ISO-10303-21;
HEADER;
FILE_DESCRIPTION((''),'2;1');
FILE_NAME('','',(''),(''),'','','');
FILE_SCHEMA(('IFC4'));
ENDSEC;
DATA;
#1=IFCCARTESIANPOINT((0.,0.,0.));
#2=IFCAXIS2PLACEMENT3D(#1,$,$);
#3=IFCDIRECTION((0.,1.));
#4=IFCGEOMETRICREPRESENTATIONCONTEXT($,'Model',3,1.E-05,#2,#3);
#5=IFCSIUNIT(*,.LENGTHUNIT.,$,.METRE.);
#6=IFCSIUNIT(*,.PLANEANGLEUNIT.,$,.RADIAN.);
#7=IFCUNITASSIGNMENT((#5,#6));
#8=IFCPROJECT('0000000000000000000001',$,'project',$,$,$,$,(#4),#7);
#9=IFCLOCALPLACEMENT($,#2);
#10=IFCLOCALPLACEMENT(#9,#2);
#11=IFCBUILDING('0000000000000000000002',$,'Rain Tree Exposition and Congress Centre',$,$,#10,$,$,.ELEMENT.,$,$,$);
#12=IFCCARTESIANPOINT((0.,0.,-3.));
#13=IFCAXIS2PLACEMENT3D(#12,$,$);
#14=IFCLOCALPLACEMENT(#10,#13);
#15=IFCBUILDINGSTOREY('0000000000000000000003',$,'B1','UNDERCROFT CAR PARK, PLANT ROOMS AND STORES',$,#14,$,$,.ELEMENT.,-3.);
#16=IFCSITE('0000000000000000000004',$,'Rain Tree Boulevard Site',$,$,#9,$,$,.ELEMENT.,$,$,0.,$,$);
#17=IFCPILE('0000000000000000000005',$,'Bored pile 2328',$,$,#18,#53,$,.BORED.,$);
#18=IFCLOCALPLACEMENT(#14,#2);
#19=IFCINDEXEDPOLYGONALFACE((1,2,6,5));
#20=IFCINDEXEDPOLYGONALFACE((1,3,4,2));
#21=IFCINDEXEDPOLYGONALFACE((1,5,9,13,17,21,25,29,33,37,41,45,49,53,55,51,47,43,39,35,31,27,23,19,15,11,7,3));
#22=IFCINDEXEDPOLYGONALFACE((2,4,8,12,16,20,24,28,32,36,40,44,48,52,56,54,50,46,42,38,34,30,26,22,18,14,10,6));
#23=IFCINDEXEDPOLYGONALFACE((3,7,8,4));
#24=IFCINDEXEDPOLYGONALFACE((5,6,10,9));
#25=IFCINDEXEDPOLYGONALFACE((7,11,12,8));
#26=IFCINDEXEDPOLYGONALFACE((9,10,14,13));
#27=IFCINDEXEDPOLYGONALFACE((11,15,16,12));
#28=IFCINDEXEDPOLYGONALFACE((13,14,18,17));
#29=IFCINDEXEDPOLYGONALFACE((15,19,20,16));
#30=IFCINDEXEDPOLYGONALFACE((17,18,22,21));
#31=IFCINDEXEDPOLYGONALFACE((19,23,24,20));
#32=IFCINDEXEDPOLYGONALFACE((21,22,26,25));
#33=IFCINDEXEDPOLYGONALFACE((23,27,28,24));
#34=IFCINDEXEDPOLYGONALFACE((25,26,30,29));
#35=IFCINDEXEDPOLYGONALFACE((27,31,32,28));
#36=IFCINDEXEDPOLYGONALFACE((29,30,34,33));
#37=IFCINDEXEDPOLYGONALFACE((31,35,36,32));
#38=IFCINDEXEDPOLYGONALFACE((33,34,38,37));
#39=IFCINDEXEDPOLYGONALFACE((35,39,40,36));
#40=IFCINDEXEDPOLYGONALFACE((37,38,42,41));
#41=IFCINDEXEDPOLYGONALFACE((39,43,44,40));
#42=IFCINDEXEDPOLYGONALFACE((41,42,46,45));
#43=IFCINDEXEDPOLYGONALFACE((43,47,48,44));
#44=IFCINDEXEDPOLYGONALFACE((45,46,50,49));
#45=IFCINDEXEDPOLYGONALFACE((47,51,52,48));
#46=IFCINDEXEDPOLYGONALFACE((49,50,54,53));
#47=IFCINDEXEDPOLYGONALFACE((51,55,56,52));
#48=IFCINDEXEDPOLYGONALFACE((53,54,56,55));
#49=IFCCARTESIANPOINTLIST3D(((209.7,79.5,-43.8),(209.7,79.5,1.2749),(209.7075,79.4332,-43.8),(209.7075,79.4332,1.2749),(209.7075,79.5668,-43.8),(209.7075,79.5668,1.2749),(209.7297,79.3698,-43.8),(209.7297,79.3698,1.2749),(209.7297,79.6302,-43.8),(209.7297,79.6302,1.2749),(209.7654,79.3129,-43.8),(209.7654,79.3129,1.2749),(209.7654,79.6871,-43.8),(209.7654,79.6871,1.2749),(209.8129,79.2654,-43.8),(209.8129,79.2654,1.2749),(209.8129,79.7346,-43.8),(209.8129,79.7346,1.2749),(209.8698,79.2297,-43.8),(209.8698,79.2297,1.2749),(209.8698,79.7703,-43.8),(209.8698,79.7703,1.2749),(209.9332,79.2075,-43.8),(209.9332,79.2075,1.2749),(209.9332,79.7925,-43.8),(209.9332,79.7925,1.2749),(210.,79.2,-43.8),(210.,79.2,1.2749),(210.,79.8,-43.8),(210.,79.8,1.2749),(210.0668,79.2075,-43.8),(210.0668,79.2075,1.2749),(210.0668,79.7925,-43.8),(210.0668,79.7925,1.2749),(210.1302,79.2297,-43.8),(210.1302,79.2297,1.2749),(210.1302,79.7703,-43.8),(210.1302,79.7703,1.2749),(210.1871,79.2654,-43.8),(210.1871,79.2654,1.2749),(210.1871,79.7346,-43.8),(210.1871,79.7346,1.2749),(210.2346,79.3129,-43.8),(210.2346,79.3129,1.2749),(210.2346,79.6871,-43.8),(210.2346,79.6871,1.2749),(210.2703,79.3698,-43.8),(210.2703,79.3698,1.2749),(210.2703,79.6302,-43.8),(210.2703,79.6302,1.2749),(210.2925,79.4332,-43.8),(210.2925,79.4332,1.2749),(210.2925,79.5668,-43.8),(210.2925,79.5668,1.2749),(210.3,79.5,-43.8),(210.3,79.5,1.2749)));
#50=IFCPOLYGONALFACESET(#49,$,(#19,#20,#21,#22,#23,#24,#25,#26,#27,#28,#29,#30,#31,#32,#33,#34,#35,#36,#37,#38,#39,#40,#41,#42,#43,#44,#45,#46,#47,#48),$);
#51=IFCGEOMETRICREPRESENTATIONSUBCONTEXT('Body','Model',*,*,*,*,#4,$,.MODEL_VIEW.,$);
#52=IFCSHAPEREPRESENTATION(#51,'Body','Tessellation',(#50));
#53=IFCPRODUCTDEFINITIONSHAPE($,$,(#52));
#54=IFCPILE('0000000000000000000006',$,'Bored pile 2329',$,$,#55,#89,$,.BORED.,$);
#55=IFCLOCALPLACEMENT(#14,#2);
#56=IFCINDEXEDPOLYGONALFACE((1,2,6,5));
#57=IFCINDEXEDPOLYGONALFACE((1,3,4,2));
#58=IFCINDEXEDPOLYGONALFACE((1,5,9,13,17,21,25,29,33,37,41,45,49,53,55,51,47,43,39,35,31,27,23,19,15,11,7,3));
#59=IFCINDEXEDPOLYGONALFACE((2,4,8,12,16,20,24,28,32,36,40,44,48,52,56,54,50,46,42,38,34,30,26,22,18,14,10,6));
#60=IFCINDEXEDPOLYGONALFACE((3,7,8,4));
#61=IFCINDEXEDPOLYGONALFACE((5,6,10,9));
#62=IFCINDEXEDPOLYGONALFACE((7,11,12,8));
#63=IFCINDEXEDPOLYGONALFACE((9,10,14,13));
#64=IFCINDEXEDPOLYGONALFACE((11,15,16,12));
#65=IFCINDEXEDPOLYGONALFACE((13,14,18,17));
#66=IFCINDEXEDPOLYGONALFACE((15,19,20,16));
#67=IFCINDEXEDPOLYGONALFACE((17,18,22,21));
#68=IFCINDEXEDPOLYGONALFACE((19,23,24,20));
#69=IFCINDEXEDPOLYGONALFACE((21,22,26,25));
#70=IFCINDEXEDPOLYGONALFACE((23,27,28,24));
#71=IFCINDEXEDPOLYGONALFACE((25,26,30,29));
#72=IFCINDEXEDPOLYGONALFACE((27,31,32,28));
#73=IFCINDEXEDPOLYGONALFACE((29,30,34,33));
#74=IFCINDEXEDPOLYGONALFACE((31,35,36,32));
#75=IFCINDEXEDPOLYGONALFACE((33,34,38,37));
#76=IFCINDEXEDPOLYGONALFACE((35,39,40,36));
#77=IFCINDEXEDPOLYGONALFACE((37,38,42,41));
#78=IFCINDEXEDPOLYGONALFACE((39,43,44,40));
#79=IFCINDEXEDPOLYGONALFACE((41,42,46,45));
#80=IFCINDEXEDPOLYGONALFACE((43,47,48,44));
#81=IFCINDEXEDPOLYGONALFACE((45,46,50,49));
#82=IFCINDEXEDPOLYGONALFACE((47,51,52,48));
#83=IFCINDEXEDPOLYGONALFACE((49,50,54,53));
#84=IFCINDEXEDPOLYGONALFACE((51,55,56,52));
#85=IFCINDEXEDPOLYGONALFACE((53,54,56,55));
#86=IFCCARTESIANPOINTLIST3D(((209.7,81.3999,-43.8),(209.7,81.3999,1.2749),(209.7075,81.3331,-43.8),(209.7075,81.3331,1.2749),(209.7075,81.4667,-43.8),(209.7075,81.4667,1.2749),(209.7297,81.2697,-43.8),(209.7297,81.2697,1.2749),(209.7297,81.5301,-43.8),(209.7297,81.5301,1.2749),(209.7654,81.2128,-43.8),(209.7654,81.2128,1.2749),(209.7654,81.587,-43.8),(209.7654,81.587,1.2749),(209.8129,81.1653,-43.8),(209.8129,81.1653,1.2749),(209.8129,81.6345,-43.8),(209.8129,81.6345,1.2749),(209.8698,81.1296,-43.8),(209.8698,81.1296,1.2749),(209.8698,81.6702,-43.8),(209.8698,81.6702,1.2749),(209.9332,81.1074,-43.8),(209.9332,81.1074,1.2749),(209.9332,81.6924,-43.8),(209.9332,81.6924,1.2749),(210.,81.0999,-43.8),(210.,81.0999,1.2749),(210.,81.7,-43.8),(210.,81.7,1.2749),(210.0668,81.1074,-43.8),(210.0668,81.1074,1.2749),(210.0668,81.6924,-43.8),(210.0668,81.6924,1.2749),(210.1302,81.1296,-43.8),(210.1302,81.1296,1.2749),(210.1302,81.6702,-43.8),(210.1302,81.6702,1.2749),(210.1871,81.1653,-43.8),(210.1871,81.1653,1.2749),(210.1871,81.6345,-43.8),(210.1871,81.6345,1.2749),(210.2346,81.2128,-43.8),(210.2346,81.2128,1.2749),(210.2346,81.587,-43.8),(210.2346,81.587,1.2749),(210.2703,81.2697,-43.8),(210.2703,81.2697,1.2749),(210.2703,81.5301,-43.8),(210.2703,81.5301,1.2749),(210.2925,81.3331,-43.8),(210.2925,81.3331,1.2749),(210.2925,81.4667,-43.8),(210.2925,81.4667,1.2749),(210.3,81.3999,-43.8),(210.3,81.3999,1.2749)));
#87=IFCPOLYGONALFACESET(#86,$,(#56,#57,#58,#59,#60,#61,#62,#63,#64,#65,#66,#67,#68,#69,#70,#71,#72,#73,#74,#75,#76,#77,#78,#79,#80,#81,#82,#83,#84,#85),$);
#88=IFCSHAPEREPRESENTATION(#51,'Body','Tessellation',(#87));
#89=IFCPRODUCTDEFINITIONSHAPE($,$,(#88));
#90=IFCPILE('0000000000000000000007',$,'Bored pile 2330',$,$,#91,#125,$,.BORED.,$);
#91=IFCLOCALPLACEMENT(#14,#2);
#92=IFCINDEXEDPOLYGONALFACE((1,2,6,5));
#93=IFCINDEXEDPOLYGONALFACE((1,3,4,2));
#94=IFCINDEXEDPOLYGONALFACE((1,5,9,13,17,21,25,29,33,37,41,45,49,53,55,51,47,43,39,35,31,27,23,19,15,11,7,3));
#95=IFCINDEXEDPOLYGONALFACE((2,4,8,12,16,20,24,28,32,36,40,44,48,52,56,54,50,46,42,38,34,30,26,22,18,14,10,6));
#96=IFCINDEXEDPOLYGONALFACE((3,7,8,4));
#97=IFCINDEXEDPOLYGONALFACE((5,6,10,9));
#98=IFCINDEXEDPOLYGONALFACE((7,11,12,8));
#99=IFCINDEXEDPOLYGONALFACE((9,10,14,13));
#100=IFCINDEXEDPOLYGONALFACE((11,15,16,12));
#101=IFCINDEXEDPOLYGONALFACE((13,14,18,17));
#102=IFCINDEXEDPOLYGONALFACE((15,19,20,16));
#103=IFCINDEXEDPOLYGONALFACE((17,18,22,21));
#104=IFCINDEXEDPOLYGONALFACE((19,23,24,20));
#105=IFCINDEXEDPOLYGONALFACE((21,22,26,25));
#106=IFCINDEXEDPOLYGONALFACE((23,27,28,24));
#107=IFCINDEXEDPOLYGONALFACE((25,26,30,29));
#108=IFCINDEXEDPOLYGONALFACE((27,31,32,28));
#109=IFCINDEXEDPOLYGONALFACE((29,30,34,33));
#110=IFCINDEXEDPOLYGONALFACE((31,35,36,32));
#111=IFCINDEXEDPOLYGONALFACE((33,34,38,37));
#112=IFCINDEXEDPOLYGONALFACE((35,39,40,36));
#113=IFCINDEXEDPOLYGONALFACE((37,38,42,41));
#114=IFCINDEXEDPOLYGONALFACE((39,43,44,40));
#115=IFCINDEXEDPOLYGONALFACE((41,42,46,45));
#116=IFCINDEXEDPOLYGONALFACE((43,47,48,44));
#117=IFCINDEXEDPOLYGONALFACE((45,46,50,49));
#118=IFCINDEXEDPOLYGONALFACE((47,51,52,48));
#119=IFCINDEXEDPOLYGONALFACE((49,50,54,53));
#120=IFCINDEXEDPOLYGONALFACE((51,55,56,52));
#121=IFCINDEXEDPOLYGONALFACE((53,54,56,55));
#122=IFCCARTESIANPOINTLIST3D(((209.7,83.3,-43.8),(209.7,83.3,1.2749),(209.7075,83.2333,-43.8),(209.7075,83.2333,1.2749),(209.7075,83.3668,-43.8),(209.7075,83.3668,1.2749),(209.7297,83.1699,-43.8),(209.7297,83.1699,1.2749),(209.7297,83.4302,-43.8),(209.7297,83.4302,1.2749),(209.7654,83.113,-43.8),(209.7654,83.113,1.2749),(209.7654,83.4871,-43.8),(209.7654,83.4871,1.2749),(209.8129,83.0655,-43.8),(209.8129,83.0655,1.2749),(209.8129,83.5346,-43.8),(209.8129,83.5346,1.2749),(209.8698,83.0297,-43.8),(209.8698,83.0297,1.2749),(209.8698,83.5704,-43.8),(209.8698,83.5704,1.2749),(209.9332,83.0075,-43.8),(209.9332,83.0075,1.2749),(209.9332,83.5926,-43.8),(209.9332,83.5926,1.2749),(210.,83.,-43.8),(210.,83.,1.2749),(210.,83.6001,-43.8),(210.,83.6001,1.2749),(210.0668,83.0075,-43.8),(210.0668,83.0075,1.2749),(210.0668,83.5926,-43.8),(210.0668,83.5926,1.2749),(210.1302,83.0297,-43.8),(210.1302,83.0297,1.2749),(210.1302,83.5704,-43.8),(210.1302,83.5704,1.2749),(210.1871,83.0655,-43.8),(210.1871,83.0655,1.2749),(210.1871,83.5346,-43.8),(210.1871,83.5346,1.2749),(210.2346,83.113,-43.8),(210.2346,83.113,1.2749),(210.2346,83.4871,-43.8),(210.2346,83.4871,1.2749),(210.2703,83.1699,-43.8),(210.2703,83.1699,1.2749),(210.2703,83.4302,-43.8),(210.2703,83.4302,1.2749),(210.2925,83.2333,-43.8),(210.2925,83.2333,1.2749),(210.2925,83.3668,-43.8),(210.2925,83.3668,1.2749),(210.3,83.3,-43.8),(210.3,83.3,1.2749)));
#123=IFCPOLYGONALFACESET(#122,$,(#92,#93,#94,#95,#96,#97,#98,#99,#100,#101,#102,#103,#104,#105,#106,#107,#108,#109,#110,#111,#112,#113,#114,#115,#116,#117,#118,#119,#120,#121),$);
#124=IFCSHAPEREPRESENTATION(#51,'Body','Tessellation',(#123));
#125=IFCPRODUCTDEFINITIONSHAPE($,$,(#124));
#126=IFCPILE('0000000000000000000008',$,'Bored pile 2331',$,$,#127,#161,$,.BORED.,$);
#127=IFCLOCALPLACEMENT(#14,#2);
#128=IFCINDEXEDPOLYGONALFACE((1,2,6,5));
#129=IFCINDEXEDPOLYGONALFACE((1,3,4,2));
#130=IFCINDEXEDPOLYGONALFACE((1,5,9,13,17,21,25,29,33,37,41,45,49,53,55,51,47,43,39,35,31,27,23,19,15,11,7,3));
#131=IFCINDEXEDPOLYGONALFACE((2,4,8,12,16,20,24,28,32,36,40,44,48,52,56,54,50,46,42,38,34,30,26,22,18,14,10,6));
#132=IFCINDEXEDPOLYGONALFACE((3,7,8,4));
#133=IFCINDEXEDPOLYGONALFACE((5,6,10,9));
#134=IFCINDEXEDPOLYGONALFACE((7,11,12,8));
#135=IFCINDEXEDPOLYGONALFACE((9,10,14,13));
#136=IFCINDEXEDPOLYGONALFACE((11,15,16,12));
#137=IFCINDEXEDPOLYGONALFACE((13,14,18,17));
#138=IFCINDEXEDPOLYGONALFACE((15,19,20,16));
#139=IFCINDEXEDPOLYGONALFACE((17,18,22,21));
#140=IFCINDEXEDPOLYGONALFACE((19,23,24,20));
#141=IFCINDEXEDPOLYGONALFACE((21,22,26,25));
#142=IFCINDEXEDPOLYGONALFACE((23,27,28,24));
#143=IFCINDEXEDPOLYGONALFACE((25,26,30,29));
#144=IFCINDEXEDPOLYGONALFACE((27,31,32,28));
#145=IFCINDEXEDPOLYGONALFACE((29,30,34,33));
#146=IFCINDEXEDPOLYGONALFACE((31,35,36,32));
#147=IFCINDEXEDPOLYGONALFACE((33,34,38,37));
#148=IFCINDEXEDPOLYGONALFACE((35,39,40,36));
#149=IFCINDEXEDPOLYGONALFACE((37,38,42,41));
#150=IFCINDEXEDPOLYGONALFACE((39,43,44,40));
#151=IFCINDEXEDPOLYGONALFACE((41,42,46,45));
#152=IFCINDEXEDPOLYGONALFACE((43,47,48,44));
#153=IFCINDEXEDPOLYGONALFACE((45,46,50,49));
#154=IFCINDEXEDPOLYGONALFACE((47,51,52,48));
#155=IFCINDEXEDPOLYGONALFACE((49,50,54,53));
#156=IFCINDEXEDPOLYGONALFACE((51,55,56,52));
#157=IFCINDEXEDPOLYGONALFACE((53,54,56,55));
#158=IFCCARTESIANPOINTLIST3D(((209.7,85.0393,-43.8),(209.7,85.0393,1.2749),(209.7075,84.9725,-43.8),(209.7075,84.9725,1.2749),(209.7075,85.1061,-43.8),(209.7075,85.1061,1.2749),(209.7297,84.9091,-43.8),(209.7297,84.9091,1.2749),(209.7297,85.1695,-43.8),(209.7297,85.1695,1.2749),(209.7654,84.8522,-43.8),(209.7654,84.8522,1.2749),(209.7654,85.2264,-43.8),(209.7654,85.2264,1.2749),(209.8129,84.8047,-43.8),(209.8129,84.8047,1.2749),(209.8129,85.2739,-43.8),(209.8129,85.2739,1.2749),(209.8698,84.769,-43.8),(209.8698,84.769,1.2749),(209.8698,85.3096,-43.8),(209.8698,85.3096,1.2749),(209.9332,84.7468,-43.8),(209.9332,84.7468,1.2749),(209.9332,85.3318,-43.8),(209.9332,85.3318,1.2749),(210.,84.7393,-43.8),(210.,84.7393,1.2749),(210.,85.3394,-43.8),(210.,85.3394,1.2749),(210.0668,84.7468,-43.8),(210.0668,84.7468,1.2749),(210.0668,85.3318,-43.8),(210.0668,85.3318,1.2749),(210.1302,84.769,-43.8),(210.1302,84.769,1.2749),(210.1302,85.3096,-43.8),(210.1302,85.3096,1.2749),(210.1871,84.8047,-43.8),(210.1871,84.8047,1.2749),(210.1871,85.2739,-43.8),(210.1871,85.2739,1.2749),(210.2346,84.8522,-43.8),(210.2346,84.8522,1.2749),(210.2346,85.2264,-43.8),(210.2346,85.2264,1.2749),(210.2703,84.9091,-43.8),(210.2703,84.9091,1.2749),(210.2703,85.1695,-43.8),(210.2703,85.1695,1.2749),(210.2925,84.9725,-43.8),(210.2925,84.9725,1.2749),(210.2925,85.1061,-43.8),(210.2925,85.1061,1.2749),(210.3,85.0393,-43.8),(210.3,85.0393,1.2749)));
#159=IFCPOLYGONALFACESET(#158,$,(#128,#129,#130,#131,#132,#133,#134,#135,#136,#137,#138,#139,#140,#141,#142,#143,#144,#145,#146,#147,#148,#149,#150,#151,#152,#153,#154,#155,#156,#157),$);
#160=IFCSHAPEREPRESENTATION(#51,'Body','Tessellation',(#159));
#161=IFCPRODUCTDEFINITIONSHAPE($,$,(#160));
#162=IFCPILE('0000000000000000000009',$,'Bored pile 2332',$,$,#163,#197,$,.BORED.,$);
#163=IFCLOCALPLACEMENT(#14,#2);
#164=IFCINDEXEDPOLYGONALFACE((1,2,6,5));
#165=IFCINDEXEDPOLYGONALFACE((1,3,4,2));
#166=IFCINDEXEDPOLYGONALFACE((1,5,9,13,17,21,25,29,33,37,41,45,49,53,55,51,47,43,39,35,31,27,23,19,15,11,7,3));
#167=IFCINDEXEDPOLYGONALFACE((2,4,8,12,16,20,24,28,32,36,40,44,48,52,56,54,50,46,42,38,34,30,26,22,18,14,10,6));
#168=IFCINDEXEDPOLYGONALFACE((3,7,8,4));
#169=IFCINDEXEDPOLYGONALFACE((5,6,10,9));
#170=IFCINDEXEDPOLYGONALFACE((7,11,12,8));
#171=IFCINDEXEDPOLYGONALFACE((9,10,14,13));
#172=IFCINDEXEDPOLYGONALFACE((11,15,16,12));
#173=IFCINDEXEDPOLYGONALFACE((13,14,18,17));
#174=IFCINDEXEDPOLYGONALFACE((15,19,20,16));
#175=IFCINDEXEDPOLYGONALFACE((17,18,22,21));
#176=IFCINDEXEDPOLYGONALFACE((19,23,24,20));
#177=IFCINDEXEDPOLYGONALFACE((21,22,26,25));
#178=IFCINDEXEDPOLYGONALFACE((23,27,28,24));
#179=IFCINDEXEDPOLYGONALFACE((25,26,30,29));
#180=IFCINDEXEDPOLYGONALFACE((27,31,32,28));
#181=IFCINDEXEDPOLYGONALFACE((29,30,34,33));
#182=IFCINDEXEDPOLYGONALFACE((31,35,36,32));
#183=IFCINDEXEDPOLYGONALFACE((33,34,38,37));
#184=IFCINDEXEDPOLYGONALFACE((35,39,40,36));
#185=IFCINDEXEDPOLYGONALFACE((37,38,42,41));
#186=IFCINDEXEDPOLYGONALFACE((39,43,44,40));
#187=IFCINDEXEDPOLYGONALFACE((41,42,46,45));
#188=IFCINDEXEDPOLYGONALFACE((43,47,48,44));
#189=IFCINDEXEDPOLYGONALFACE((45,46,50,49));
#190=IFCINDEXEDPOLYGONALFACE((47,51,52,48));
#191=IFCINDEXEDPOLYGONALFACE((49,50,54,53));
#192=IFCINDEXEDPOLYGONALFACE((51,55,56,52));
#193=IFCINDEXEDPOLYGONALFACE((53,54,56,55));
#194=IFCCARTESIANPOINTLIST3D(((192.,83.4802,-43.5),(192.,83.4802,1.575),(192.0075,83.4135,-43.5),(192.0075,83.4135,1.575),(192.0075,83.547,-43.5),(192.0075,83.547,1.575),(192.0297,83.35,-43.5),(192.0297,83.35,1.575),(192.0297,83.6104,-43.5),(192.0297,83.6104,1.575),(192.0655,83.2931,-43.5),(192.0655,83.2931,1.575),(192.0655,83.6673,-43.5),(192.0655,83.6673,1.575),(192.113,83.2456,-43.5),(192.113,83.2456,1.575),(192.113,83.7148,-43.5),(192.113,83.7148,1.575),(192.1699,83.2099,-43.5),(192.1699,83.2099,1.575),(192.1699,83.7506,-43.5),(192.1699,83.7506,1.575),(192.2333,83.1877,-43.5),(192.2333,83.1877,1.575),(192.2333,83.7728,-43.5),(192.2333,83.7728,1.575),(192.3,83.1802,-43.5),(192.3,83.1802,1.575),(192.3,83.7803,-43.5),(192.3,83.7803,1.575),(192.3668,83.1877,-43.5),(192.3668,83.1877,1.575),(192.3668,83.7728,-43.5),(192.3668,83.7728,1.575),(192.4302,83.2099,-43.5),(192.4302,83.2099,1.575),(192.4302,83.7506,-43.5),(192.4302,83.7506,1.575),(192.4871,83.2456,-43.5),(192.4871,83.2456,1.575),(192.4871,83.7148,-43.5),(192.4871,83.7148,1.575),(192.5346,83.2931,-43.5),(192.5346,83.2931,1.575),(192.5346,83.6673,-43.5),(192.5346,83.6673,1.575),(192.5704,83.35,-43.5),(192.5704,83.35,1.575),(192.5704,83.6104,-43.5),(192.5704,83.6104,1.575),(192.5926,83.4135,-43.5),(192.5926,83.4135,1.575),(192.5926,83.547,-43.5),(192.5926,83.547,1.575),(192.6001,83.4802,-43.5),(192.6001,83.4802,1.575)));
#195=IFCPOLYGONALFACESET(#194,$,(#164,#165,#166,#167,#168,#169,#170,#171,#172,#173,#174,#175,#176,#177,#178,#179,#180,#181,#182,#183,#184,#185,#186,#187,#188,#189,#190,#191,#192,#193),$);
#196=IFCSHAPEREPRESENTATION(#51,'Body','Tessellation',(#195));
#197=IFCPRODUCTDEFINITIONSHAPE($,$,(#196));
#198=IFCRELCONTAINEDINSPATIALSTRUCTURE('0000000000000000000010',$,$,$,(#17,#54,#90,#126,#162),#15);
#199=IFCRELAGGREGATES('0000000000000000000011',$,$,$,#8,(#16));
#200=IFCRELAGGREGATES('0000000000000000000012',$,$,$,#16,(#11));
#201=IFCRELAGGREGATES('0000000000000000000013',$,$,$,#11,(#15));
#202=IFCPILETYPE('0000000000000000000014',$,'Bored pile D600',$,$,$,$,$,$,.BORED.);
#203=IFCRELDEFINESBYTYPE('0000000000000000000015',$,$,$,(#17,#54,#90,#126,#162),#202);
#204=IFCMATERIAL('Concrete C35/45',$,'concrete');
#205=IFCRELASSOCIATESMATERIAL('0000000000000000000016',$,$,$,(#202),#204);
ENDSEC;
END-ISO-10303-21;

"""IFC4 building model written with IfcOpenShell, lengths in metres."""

from ifc_helpers import new_model, si_unit, direction, frame, origin, origin_2d, place, context, subcontext, project, spatial, circle, extrude, material, material_profile, profile_set, type_object, element, save


model = new_model("IFC4")

# Units and contexts
model_context = context("Model", 3, precision=1e-05, world=origin(), true_north=direction((0.0, 1.0)))
body_context = subcontext(model_context, "Body", "Model", "MODEL_VIEW")
ifc_project = project(units=[si_unit("LENGTHUNIT", "METRE"), si_unit("PLANEANGLEUNIT", "RADIAN")], contexts=[model_context])

# Site, building, storey
site_placement = place(None, origin())
site = spatial("IfcSite", under=ifc_project, at=site_placement, Name="Rain Tree Boulevard Site", CompositionType="ELEMENT", RefElevation=0.0)
building_placement = place(site_placement, origin())
building = spatial("IfcBuilding", under=site, at=building_placement, Name="Rain Tree Exposition and Congress Centre", CompositionType="ELEMENT")
storey_placement = place(building_placement, frame((0.0, 0.0, -3.0)))
storey = spatial("IfcBuildingStorey", under=building, at=storey_placement, Name="B1", Description="UNDERCROFT CAR PARK, PLANT ROOMS AND STORES", CompositionType="ELEMENT", Elevation=-3.0)

# Piles
ifc_material_1 = material(Name="Concrete C35/45", Category="concrete")
ifc_material_profile_1 = material_profile(ifc_material_1, circle(Radius=0.3, at=origin_2d()), Name="D600")
ifc_profile_set_1 = profile_set([ifc_material_profile_1], Name="Concrete C35/45")
pile_type_1 = type_object("IfcPileType", Name="Bored pile D600", PredefinedType="BORED", material=ifc_profile_set_1)
for number, where, z_axis, x_axis, name in (
    (1, (210.0, 79.5, 1.2749), (0.0, 0.0, -1.0), (1.0, 0.0, 0.0), "Bored pile 2328"),
    (2, (210.0, 81.3999, 1.2749), (0.0, 0.0, -1.0), (1.0, 0.0, 0.0), "Bored pile 2329"),
    (3, (210.0, 83.3, 1.2749), (0.0, 0.0, -1.0), (1.0, 0.0, 0.0), "Bored pile 2330"),
    (4, (210.0, 85.0393, 1.2749), (0.0, 0.0, -1.0), (1.0, 0.0, 0.0), "Bored pile 2331"),
    (5, (192.3, 83.4802, 1.575), (0.0, 0.0, -1.0), (1.0, 0.0, 0.0), "Bored pile 2332"),
):
    element("IfcPile", number, at=place(storey_placement, frame(where, z_axis=z_axis, x_axis=x_axis)), inside=storey, type_object=pile_type_1, Name=name, PredefinedType="BORED", context=body_context, shape_type="SweptSolid", body=[
        extrude(circle(Radius=0.3, at=origin_2d()), origin(), (0.0, 0.0, 1.0), 45.075),
    ])

save(model, "model.ifc")
